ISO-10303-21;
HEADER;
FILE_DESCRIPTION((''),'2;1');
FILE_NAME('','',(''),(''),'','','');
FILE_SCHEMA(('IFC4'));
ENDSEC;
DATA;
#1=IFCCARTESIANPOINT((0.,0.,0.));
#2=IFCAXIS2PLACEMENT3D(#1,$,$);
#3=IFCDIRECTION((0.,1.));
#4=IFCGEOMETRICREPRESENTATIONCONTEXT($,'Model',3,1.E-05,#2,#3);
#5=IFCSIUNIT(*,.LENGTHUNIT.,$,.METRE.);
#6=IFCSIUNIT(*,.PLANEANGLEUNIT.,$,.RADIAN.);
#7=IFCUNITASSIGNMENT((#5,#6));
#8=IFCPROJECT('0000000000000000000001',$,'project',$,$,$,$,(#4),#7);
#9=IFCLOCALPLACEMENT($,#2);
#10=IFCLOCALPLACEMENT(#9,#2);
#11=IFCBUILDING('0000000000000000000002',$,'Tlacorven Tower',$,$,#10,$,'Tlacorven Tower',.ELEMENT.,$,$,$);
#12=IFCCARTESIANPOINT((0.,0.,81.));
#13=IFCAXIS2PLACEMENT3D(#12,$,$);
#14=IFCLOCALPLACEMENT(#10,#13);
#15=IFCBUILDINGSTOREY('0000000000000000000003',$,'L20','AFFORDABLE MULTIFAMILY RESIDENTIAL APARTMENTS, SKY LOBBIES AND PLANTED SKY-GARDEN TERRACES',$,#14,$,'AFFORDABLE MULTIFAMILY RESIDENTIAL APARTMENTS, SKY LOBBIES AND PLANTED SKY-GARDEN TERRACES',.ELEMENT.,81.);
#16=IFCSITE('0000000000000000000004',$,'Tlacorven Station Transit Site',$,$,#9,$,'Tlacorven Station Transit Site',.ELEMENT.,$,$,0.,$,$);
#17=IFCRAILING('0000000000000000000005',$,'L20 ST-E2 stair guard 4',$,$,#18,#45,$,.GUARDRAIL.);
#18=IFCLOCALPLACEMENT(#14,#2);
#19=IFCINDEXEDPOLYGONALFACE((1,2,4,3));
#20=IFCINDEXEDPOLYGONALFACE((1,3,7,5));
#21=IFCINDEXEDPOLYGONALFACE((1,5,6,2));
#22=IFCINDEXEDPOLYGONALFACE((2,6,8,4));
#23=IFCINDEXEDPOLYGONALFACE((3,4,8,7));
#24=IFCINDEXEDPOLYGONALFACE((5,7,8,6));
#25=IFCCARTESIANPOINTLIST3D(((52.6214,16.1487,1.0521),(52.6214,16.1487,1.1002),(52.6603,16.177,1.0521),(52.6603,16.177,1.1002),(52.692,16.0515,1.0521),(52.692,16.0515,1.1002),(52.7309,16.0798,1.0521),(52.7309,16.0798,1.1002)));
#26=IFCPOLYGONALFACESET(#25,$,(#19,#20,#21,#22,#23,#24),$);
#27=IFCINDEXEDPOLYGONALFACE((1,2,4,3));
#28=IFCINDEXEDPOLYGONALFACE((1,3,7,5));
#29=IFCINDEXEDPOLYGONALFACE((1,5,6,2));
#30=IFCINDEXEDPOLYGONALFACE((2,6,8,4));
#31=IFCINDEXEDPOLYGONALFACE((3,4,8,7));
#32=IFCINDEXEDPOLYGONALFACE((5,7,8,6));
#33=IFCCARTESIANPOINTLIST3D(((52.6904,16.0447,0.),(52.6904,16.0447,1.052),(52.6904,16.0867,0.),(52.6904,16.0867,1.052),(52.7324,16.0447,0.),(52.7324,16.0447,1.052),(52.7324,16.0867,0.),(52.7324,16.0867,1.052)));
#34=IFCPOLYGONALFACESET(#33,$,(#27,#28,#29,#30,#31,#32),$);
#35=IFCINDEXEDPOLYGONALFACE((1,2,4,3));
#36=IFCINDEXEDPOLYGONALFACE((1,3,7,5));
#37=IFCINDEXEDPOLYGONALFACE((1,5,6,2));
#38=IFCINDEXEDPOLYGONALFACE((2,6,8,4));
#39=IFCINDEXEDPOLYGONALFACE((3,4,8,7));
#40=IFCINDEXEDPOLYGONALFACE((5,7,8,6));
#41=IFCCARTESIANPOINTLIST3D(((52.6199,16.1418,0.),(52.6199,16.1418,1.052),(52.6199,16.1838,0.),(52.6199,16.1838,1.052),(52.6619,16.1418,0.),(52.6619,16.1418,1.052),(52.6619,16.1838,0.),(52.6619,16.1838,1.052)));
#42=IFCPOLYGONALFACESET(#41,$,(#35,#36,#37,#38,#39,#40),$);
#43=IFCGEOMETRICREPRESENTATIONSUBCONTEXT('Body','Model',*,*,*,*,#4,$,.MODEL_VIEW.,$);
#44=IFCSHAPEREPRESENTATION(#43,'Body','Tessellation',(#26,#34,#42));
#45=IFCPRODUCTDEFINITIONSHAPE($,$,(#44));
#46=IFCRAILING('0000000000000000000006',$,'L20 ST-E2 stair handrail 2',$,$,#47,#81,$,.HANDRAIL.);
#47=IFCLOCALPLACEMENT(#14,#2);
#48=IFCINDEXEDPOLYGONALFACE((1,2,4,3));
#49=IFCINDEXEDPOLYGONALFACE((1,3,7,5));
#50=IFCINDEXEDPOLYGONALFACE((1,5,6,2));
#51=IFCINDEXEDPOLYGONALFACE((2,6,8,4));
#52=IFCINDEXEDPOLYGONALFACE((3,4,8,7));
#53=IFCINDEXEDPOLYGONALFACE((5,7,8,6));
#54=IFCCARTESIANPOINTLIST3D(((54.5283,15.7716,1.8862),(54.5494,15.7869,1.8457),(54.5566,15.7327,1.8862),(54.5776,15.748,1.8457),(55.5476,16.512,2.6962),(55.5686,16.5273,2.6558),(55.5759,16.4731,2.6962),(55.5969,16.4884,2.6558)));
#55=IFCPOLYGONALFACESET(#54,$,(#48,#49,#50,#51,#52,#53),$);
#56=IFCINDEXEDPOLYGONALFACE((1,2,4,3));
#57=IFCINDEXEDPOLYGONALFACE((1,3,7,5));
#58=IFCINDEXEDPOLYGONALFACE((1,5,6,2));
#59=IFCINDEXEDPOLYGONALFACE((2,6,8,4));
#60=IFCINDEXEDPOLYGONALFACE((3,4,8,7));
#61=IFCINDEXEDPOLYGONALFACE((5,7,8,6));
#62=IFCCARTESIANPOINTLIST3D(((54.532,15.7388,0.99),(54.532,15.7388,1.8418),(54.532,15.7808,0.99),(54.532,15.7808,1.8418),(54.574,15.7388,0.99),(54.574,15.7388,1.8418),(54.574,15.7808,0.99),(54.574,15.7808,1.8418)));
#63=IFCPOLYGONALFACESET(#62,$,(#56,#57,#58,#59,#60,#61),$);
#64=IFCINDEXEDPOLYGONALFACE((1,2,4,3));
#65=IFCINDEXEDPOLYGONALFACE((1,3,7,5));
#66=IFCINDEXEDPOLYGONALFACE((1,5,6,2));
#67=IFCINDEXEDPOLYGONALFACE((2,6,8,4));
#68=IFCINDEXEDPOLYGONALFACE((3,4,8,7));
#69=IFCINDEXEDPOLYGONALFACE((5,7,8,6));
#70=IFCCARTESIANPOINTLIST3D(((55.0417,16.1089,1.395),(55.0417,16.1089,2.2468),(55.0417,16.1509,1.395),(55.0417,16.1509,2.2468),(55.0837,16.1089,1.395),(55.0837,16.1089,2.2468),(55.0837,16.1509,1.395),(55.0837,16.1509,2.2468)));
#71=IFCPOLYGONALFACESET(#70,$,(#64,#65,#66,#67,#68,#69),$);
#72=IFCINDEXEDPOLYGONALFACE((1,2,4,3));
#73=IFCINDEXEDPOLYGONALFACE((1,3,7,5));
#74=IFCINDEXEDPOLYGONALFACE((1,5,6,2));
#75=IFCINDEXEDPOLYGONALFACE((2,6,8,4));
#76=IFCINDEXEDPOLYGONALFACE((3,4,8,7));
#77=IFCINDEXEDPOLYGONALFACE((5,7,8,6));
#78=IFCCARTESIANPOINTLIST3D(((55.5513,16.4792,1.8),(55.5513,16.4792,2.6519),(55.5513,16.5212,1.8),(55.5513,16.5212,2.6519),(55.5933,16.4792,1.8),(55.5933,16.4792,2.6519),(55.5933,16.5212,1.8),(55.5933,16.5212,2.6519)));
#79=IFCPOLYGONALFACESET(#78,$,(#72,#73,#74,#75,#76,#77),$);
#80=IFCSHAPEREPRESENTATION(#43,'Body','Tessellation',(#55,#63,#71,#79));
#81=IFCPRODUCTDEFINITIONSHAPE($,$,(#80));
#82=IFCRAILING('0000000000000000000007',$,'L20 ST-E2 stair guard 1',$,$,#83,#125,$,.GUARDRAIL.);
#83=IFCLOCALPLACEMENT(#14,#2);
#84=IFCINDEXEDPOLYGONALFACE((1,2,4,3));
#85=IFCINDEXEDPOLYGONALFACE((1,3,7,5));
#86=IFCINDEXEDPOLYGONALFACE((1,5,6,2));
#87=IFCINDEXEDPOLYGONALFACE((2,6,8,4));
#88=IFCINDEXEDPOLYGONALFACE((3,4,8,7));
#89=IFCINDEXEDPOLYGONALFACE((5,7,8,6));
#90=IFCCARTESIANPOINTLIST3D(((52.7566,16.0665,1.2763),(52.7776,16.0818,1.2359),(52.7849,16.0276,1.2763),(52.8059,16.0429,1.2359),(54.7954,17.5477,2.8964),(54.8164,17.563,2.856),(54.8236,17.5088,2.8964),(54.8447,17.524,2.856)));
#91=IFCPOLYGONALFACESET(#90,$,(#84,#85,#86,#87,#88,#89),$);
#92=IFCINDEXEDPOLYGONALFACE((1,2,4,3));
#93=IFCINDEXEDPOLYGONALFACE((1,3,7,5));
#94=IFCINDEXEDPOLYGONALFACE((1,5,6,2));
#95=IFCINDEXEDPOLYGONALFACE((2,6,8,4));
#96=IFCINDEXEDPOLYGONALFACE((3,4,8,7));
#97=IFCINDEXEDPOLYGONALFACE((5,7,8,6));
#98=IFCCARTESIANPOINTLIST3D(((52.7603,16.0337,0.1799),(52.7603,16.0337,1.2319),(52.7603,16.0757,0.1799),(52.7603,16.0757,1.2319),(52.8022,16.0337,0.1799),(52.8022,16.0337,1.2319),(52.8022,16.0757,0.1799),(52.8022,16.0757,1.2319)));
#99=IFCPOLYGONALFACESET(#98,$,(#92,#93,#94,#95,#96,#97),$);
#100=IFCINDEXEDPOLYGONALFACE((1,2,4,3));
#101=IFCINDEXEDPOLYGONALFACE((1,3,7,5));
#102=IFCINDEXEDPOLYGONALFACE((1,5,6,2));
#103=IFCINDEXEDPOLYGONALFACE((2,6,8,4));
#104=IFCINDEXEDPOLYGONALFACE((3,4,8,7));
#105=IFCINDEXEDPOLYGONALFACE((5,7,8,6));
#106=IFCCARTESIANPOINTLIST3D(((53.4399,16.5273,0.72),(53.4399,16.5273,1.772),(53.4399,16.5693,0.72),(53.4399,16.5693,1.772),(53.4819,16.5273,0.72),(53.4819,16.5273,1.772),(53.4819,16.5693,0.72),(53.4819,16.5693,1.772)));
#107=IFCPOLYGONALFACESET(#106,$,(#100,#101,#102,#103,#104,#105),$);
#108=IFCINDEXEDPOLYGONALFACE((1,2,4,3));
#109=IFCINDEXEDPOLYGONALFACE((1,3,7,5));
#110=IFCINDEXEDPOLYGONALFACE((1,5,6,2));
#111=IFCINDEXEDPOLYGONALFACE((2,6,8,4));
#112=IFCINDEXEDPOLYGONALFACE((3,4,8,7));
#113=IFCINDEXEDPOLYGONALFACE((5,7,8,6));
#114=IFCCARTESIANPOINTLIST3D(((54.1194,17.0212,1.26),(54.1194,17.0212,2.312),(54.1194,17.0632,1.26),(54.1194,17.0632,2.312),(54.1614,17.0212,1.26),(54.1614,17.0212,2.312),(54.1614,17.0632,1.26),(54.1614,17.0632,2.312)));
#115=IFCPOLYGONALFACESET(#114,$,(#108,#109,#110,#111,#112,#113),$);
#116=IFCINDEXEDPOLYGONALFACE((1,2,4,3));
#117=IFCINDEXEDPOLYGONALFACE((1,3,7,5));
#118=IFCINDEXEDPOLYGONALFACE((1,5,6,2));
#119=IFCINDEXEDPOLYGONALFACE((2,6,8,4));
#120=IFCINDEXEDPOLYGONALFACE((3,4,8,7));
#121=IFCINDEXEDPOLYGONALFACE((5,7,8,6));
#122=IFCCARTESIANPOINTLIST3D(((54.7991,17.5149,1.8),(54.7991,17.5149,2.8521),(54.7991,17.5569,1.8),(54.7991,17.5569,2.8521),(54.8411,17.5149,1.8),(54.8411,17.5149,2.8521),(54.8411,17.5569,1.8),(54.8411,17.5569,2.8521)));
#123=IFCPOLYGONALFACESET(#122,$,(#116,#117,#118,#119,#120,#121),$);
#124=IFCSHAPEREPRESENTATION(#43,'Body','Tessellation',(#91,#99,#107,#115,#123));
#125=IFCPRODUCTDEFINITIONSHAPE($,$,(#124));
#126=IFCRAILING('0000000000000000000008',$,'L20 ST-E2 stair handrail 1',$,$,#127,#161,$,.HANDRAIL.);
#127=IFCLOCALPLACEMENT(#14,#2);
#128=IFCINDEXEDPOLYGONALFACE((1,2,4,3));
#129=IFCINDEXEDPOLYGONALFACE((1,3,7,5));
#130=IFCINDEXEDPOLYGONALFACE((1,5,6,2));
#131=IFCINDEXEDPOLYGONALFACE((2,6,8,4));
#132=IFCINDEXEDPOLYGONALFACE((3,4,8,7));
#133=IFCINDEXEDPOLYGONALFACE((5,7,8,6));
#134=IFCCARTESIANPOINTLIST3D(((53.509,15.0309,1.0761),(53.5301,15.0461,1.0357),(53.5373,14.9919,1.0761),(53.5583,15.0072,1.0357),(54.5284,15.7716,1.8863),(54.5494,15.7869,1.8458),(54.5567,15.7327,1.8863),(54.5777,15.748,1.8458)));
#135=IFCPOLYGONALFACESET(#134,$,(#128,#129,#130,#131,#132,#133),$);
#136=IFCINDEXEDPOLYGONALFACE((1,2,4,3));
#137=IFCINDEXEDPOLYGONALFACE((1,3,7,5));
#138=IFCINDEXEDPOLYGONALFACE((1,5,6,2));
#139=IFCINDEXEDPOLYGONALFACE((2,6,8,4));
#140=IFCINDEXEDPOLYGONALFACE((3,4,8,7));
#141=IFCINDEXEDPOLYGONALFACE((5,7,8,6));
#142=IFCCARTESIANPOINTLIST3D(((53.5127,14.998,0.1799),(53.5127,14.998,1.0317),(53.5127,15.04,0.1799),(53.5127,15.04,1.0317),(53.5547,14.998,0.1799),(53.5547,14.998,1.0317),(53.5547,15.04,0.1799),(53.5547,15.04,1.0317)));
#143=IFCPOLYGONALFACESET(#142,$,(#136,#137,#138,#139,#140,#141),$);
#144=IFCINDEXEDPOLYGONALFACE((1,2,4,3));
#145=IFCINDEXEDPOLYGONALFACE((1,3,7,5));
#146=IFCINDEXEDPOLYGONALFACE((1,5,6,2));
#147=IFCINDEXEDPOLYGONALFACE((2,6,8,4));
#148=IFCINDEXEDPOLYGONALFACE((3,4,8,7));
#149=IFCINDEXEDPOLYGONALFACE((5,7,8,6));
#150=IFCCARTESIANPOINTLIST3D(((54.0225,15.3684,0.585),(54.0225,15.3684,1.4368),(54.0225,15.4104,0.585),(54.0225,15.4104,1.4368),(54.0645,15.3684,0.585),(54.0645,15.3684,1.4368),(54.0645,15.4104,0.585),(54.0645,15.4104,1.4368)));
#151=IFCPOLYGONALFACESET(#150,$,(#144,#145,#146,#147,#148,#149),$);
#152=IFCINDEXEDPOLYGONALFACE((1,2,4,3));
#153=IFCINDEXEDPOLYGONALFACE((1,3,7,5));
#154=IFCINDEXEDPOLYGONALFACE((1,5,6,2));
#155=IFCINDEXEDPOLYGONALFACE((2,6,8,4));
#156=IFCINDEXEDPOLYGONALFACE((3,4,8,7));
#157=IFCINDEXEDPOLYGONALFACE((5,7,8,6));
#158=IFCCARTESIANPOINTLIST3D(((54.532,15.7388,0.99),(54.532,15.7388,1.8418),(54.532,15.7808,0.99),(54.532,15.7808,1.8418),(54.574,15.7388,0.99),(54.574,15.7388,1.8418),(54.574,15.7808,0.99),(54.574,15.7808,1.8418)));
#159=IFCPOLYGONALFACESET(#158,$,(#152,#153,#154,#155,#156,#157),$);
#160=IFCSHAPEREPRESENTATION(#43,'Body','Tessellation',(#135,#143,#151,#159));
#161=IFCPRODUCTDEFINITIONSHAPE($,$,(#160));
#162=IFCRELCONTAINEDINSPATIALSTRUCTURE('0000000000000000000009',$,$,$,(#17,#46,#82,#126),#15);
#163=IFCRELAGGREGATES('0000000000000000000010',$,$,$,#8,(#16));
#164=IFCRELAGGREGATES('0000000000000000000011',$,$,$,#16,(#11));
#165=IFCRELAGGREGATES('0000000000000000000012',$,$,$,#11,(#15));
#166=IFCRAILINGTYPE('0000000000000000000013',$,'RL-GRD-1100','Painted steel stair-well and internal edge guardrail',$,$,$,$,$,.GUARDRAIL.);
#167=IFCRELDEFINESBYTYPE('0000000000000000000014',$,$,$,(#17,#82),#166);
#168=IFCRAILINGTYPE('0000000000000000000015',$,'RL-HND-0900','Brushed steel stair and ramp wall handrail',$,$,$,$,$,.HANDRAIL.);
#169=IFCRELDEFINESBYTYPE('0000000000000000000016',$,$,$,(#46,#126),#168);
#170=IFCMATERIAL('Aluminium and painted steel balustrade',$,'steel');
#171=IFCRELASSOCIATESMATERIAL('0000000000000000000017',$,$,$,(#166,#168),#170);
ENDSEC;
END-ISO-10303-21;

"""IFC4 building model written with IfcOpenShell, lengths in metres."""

from ifc_helpers import new_model, si_unit, direction, frame, origin, origin_2d, place, context, subcontext, project, spatial, rectangle, extrude, source, transform, mapped, material, type_object, element, save


model = new_model("IFC4")

# Units and contexts
model_context = context("Model", 3, precision=1e-05, world=origin(), true_north=direction((0.0, 1.0)))
body_context = subcontext(model_context, "Body", "Model", "MODEL_VIEW")
ifc_project = project(units=[si_unit("LENGTHUNIT", "METRE"), si_unit("PLANEANGLEUNIT", "RADIAN")], contexts=[model_context])

# Site, building, storey
site_placement = place(None, origin())
site = spatial("IfcSite", under=ifc_project, at=site_placement, Name="Tlacorven Station Transit Site", LongName="Tlacorven Station Transit Site", CompositionType="ELEMENT", RefElevation=0.0)
building_placement = place(site_placement, origin())
building = spatial("IfcBuilding", under=site, at=building_placement, Name="Tlacorven Tower", LongName="Tlacorven Tower", CompositionType="ELEMENT")
storey_placement = place(building_placement, frame((0.0, 0.0, 81.0)))
storey = spatial("IfcBuildingStorey", under=building, at=storey_placement, Name="L20", Description="AFFORDABLE MULTIFAMILY RESIDENTIAL APARTMENTS, SKY LOBBIES AND PLANTED SKY-GARDEN TERRACES", LongName="AFFORDABLE MULTIFAMILY RESIDENTIAL APARTMENTS, SKY LOBBIES AND PLANTED SKY-GARDEN TERRACES", CompositionType="ELEMENT", Elevation=81.0)

# Railings
ifc_material_1 = material(Name="Aluminium and painted steel balustrade", Category="steel")
railing_type_1 = type_object("IfcRailingType", Name="RL-GRD-1100", Description="Painted steel stair-well and internal edge guardrail", PredefinedType="GUARDRAIL", material=ifc_material_1)
shared_shape_1 = source(origin(), body_context, "Body", "SweptSolid", [
    extrude(rectangle(XDim=0.0481, YDim=0.0481, at=origin_2d()), frame((0.0, 0.0, 1.0762), z_axis=(-0.587567, 0.809175, 0.0), x_axis=(-0.809175, -0.587567, 0.0)), (0.0, 0.0, 1.0), 0.1201),
    extrude(rectangle(XDim=0.042, YDim=0.042, at=origin_2d()), origin(), (0.0, 0.0, 1.0), 1.052),
    extrude(rectangle(XDim=0.042, YDim=0.042, at=origin_2d()), frame((-0.0706, 0.0972, 0.0)), (0.0, 0.0, 1.0), 1.052),
])
railing_1_placement = place(storey_placement, frame((52.7114, 16.0657, 0.0)))
element("IfcRailing", 1, at=railing_1_placement, inside=storey, type_object=railing_type_1, Name="L20 ST-E2 stair guard 4", PredefinedType="GUARDRAIL", context=body_context, shape_type="MappedRepresentation", body=[
    mapped(shared_shape_1, transform((0.0, 0.0, 0.0), scale=1.0)),
])
railing_type_2 = type_object("IfcRailingType", Name="RL-HND-0900", Description="Brushed steel stair and ramp wall handrail", PredefinedType="HANDRAIL", material=ifc_material_1)
shared_shape_2 = source(origin(), body_context, "Body", "SweptSolid", [
    extrude(rectangle(XDim=0.0481, YDim=0.0481, at=origin_2d()), frame((0.0, 0.0, 0.876), z_axis=(0.680516, 0.494373, 0.540827), x_axis=(-0.587745, 0.809046, 0.0)), (0.0, 0.0, 1.0), 1.4978),
    extrude(rectangle(XDim=0.042, YDim=0.042, at=origin_2d()), origin(), (0.0, 0.0, 1.0), 0.8518),
    extrude(rectangle(XDim=0.042, YDim=0.042, at=origin_2d()), frame((0.5098, 0.3701, 0.405)), (0.0, 0.0, 1.0), 0.8518),
    extrude(rectangle(XDim=0.042, YDim=0.042, at=origin_2d()), frame((1.0193, 0.7405, 0.8101)), (0.0, 0.0, 1.0), 0.8518),
])
railing_2_placement = place(storey_placement, frame((54.553, 15.7598, 0.99)))
element("IfcRailing", 2, at=railing_2_placement, inside=storey, type_object=railing_type_2, Name="L20 ST-E2 stair handrail 2", PredefinedType="HANDRAIL", context=body_context, shape_type="MappedRepresentation", body=[
    mapped(shared_shape_2, transform((0.0, 0.0, 0.0), scale=1.0)),
])
shared_shape_3 = source(origin(), body_context, "Body", "SweptSolid", [
    extrude(rectangle(XDim=0.0481, YDim=0.0481, at=origin_2d()), frame((0.0, 0.0, 1.0762), z_axis=(0.680532, 0.494407, 0.540775), x_axis=(-0.587763, 0.809033, 0.0)), (0.0, 0.0, 1.0), 2.9958),
    extrude(rectangle(XDim=0.042, YDim=0.042, at=origin_2d()), origin(), (0.0, 0.0, 1.0), 1.052),
    extrude(rectangle(XDim=0.042, YDim=0.042, at=origin_2d()), frame((0.6797, 0.4937, 0.54)), (0.0, 0.0, 1.0), 1.052),
    extrude(rectangle(XDim=0.042, YDim=0.042, at=origin_2d()), frame((1.3591, 0.9875, 1.0801)), (0.0, 0.0, 1.0), 1.052),
    extrude(rectangle(XDim=0.042, YDim=0.042, at=origin_2d()), frame((2.0388, 1.4812, 1.6201)), (0.0, 0.0, 1.0), 1.052),
])
railing_3_placement = place(storey_placement, frame((52.7812, 16.0547, 0.1799)))
element("IfcRailing", 3, at=railing_3_placement, inside=storey, type_object=railing_type_1, Name="L20 ST-E2 stair guard 1", PredefinedType="GUARDRAIL", context=body_context, shape_type="MappedRepresentation", body=[
    mapped(shared_shape_3, transform((0.0, 0.0, 0.0), scale=1.0)),
])
shared_shape_4 = source(origin(), body_context, "Body", "SweptSolid", [
    extrude(rectangle(XDim=0.0481, YDim=0.0481, at=origin_2d()), frame((0.0, 0.0, 0.876), z_axis=(0.680461, 0.494496, 0.540783), x_axis=(-0.587872, 0.808954, 0.0)), (0.0, 0.0, 1.0), 1.498),
    extrude(rectangle(XDim=0.042, YDim=0.042, at=origin_2d()), origin(), (0.0, 0.0, 1.0), 0.8518),
    extrude(rectangle(XDim=0.042, YDim=0.042, at=origin_2d()), frame((0.5098, 0.3704, 0.405)), (0.0, 0.0, 1.0), 0.8518),
    extrude(rectangle(XDim=0.042, YDim=0.042, at=origin_2d()), frame((1.0193, 0.7407, 0.8101)), (0.0, 0.0, 1.0), 0.8518),
])
railing_4_placement = place(storey_placement, frame((53.5337, 15.019, 0.1799)))
element("IfcRailing", 4, at=railing_4_placement, inside=storey, type_object=railing_type_2, Name="L20 ST-E2 stair handrail 1", PredefinedType="HANDRAIL", context=body_context, shape_type="MappedRepresentation", body=[
    mapped(shared_shape_4, transform((0.0, 0.0, 0.0), scale=1.0)),
])

save(model, "model.ifc")
